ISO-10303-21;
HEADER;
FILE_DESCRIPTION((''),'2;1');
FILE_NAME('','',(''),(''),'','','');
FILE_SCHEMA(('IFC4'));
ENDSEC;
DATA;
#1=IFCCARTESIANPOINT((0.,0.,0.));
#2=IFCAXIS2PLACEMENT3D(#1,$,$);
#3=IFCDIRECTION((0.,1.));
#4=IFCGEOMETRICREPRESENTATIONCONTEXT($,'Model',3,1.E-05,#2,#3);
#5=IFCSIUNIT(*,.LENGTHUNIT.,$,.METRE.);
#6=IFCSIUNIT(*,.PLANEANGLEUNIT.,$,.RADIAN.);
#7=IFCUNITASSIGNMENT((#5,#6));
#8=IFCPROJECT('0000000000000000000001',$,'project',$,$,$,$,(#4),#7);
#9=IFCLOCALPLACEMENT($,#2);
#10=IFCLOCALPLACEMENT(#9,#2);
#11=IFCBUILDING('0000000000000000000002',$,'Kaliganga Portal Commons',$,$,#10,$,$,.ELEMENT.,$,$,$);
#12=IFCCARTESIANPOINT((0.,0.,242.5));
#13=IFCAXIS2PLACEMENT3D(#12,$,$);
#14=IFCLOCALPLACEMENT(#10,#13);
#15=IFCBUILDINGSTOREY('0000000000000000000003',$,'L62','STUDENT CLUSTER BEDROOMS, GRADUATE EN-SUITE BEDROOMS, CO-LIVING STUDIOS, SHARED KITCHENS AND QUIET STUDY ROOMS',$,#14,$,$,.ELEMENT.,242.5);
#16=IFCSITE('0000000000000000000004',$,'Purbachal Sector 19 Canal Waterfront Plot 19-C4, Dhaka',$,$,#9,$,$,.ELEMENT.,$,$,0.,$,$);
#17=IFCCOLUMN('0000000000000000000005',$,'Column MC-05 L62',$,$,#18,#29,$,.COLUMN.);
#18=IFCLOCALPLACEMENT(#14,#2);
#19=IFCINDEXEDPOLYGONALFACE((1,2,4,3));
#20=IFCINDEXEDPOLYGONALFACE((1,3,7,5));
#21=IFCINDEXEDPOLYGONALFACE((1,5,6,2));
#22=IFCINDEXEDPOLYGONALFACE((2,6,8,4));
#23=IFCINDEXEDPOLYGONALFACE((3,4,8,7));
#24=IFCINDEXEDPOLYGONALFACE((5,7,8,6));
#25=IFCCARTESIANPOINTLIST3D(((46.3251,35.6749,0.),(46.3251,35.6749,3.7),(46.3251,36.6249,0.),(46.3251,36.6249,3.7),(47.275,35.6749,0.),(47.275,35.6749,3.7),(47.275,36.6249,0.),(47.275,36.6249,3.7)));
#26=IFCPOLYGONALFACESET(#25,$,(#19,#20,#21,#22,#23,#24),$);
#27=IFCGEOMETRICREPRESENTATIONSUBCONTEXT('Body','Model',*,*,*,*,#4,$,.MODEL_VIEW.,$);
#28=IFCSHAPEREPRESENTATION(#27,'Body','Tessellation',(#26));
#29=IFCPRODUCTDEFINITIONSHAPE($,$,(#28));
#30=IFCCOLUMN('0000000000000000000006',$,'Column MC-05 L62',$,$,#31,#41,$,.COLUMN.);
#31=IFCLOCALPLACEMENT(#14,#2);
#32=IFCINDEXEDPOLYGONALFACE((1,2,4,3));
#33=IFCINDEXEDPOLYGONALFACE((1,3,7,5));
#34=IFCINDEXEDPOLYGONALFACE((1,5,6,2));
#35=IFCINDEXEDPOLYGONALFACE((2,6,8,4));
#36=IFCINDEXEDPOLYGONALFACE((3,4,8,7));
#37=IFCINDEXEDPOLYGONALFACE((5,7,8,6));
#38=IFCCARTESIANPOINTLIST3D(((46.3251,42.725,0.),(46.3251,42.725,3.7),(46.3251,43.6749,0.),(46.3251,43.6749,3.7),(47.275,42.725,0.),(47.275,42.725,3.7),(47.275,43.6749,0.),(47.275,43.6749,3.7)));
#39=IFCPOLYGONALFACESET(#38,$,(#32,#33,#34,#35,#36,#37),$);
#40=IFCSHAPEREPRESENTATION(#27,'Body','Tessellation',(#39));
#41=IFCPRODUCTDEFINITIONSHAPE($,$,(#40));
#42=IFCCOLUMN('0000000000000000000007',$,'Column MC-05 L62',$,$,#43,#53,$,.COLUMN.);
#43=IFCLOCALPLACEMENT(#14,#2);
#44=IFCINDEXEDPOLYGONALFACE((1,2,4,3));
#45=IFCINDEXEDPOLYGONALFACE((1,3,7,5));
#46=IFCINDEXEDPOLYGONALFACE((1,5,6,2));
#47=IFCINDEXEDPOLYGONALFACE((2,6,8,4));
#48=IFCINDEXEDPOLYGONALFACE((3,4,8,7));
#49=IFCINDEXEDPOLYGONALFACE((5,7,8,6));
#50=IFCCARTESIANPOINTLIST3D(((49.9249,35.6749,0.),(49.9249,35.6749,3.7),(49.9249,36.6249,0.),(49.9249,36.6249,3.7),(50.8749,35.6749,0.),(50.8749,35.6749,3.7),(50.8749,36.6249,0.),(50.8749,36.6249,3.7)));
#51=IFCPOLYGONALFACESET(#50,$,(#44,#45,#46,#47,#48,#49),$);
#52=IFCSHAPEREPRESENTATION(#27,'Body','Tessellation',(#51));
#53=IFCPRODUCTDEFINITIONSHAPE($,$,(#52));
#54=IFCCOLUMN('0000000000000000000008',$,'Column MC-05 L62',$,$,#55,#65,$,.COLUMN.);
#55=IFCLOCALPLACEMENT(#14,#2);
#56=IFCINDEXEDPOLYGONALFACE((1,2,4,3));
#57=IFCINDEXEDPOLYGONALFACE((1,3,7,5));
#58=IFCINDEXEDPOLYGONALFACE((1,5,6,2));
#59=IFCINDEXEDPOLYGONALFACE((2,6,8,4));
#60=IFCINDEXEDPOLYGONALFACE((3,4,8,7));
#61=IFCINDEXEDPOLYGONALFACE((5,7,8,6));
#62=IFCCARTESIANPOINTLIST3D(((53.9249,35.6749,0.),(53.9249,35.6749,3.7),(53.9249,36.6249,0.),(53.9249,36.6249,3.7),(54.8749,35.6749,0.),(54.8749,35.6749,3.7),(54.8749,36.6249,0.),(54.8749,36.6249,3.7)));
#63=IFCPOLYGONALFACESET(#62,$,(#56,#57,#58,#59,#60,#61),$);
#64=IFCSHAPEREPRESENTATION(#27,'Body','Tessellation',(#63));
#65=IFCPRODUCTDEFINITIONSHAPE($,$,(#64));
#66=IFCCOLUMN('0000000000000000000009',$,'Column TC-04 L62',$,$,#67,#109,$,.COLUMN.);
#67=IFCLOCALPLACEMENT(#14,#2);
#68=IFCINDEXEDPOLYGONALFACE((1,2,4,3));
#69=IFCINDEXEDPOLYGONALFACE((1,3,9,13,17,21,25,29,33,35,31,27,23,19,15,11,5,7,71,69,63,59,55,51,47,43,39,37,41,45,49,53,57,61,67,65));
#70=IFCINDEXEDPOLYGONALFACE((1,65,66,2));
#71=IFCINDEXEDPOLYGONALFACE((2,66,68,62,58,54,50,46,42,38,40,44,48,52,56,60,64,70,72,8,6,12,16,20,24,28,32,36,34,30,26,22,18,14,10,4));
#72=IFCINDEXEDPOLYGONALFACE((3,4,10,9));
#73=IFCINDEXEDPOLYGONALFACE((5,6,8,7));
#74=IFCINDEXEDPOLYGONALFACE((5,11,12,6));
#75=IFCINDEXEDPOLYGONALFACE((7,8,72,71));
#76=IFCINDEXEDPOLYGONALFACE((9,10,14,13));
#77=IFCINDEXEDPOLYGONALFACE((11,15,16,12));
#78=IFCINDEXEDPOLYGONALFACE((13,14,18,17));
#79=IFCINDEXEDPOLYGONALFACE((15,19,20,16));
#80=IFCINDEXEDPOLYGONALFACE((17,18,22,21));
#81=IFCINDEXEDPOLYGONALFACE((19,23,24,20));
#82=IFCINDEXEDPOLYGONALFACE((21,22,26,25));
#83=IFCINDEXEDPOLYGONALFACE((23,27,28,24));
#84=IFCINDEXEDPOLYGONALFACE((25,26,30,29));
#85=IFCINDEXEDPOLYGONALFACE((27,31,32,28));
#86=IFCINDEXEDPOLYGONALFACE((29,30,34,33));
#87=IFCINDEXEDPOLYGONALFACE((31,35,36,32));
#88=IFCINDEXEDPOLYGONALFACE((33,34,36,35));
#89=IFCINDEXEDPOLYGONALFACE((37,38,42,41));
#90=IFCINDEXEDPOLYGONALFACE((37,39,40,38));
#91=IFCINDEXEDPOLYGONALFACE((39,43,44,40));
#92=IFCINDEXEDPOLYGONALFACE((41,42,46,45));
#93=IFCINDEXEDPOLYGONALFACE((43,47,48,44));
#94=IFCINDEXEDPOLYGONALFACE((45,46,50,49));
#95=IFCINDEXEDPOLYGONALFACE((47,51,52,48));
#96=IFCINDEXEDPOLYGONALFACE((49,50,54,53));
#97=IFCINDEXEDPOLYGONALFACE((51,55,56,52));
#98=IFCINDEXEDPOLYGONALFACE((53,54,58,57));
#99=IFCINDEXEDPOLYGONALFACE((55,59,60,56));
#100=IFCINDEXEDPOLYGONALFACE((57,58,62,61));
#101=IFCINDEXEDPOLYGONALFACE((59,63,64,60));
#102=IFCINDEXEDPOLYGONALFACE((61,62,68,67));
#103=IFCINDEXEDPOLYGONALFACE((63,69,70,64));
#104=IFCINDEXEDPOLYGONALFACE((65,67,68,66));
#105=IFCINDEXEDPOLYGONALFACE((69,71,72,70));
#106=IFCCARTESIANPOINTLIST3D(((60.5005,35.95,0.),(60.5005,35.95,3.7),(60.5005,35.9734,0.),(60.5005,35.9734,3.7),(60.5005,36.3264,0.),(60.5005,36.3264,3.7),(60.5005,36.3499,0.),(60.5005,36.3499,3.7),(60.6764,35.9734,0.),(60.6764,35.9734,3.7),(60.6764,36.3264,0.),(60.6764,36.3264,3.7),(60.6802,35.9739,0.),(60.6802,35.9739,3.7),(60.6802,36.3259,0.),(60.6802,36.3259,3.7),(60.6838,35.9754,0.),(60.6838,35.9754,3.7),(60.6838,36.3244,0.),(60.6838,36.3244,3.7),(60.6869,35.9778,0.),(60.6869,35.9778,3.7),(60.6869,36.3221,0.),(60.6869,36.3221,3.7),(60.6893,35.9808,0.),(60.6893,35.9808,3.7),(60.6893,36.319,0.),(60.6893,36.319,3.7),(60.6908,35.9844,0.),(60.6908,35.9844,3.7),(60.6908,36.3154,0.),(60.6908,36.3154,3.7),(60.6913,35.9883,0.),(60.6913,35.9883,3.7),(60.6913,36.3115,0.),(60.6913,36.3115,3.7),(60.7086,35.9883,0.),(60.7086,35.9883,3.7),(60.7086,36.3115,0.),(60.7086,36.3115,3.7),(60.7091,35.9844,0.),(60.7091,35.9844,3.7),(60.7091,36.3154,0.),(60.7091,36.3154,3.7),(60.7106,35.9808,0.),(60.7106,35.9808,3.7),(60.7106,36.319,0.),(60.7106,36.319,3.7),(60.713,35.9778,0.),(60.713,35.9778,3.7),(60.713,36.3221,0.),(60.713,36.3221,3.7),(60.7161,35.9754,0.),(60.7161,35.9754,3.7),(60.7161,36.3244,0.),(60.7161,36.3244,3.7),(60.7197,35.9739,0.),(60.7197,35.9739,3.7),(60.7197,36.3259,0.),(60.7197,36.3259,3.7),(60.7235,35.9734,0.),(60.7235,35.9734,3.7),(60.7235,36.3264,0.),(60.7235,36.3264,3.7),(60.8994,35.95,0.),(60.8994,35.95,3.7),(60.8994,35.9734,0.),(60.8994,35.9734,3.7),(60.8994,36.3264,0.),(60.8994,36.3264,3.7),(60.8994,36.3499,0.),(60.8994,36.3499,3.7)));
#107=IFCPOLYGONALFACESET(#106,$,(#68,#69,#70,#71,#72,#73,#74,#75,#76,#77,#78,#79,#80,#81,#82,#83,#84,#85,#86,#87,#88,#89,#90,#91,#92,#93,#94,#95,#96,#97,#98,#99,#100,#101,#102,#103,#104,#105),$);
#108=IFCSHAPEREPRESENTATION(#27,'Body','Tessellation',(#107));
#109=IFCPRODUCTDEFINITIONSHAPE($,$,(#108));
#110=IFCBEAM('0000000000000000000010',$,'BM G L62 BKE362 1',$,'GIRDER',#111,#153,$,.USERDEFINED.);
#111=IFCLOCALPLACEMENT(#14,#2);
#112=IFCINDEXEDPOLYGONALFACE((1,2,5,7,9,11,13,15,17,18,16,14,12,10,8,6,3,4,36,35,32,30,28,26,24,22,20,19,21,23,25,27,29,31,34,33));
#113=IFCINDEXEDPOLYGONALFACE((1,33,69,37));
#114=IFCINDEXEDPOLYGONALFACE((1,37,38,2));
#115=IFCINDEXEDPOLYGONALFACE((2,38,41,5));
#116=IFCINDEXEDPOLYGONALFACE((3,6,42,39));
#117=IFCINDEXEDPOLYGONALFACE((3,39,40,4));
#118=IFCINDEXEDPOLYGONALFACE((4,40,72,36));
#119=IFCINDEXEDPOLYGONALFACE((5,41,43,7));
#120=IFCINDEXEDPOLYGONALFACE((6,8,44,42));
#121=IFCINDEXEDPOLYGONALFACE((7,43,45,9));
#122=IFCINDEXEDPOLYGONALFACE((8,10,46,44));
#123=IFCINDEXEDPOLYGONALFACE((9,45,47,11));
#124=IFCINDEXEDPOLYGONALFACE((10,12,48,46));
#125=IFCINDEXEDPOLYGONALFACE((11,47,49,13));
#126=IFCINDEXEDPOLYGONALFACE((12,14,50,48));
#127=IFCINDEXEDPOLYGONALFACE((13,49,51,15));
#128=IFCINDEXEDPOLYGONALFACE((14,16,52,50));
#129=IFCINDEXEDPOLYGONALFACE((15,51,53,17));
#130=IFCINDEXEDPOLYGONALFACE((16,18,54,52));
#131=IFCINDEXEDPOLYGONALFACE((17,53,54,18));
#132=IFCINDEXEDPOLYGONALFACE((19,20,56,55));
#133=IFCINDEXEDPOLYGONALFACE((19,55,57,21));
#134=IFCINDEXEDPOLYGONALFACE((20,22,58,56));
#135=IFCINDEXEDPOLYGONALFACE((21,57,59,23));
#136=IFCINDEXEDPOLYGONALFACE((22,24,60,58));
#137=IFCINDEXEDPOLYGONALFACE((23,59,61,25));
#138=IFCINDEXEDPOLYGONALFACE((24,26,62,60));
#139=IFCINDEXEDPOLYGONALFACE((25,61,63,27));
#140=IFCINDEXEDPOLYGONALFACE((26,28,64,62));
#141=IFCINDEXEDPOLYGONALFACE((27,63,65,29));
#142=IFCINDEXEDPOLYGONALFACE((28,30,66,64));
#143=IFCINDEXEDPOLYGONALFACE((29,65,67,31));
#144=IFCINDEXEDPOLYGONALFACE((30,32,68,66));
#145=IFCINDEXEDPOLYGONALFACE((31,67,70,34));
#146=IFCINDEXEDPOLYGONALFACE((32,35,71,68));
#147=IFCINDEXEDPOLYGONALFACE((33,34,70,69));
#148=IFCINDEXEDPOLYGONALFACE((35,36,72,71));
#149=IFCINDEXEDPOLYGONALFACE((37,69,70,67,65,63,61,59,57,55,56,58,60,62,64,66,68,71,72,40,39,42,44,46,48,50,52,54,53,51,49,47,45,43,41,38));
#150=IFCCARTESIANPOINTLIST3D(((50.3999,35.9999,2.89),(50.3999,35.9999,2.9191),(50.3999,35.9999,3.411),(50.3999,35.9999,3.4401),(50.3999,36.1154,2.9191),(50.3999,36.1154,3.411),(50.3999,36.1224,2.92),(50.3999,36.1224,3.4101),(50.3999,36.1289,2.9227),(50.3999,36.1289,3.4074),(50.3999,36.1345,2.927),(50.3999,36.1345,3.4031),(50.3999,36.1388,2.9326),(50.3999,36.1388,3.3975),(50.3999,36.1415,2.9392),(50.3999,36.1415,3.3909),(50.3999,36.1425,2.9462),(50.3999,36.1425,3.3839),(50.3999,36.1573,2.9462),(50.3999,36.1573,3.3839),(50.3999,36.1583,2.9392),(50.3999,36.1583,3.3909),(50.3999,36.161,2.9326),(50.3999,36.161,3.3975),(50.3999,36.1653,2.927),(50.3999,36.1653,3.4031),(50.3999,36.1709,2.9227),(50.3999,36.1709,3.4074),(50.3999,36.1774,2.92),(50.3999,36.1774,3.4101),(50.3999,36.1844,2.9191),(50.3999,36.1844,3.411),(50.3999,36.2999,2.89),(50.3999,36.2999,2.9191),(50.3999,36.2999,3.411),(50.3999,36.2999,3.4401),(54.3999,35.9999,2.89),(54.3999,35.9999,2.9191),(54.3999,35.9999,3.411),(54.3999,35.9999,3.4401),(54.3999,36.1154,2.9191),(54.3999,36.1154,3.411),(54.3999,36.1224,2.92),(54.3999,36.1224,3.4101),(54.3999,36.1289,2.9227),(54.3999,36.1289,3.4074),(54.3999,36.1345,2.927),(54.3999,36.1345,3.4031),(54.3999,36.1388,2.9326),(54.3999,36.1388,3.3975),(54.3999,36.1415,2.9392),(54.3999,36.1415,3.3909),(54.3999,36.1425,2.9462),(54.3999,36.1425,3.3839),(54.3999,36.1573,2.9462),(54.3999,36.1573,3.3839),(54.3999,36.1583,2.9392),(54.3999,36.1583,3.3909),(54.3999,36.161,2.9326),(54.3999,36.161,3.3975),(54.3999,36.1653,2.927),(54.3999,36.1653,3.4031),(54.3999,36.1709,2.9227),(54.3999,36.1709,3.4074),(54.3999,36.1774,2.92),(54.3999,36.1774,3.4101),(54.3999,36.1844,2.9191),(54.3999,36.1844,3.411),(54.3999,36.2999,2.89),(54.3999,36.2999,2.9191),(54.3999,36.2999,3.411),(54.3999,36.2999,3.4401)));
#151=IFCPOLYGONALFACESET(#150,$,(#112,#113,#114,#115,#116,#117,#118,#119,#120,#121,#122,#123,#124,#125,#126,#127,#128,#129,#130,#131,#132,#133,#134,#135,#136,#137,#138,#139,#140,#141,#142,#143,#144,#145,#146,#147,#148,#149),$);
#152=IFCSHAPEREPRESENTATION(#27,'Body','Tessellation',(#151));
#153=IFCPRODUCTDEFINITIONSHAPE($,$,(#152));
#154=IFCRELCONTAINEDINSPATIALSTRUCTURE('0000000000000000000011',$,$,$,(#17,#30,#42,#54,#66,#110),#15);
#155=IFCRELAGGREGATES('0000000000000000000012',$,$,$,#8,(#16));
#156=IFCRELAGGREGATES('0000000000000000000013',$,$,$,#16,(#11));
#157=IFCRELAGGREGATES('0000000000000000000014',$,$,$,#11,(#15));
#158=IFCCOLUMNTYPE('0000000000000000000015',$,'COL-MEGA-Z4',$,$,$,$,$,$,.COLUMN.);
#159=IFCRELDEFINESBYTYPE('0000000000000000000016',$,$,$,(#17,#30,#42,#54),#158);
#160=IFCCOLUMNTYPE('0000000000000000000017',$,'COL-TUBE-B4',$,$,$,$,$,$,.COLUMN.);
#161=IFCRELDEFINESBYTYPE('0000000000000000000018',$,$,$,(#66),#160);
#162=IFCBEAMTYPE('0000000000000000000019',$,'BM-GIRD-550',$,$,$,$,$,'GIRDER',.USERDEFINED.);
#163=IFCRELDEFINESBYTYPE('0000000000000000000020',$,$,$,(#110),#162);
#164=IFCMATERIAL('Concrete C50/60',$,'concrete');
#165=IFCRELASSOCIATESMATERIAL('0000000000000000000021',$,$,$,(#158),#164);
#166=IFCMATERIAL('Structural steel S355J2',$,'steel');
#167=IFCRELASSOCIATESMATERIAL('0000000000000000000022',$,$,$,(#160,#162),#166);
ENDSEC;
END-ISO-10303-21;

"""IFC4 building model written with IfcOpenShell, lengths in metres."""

from ifc_helpers import new_model, si_unit, direction, frame, origin, origin_2d, place, context, subcontext, project, spatial, rectangle, i_section, extrude, source, transform, mapped, material, material_profile, profile_set, type_object, element, save


model = new_model("IFC4")

# Units and contexts
model_context = context("Model", 3, precision=1e-05, world=origin(), true_north=direction((0.0, 1.0)))
body_context = subcontext(model_context, "Body", "Model", "MODEL_VIEW")
ifc_project = project(units=[si_unit("LENGTHUNIT", "METRE"), si_unit("PLANEANGLEUNIT", "RADIAN")], contexts=[model_context])

# Site, building, storey
site_placement = place(None, origin())
site = spatial("IfcSite", under=ifc_project, at=site_placement, Name="Purbachal Sector 19 Canal Waterfront Plot 19-C4, Dhaka", CompositionType="ELEMENT", RefElevation=0.0)
building_placement = place(site_placement, origin())
building = spatial("IfcBuilding", under=site, at=building_placement, Name="Kaliganga Portal Commons", CompositionType="ELEMENT")
storey_placement = place(building_placement, frame((0.0, 0.0, 242.5)))
storey = spatial("IfcBuildingStorey", under=building, at=storey_placement, Name="L62", Description="STUDENT CLUSTER BEDROOMS, GRADUATE EN-SUITE BEDROOMS, CO-LIVING STUDIOS, SHARED KITCHENS AND QUIET STUDY ROOMS", CompositionType="ELEMENT", Elevation=242.5)

# Columns
ifc_material_1 = material(Name="Concrete C50/60", Category="concrete")
ifc_material_profile_1 = material_profile(ifc_material_1, rectangle(XDim=0.95, YDim=0.95, at=origin_2d()), Name="RC 950x950")
ifc_profile_set_1 = profile_set([ifc_material_profile_1], Name="Concrete C50/60")
column_type_1 = type_object("IfcColumnType", Name="COL-MEGA-Z4", PredefinedType="COLUMN", material=ifc_profile_set_1)
shared_shape_1 = source(origin(), body_context, "Body", "SweptSolid", [
    extrude(rectangle(XDim=0.95, YDim=0.95, at=origin_2d()), origin(), (0.0, 0.0, 1.0), 3.7),
])
for number, where, z_axis, x_axis, name in (
    (1, (46.8, 36.1499, 0.0), (0.0, 0.0, 1.0), (1.0, 0.0, 0.0), "Column MC-05 L62"),
    (2, (46.8, 43.2, 0.0), (0.0, 0.0, 1.0), (1.0, 0.0, 0.0), "Column MC-05 L62"),
    (3, (50.3999, 36.1499, 0.0), (0.0, 0.0, 1.0), (1.0, 0.0, 0.0), "Column MC-05 L62"),
    (4, (54.3999, 36.1499, 0.0), (0.0, 0.0, 1.0), (1.0, 0.0, 0.0), "Column MC-05 L62"),
):
    element("IfcColumn", number, at=place(storey_placement, frame(where, z_axis=z_axis, x_axis=x_axis)), inside=storey, type_object=column_type_1, Name=name, PredefinedType="COLUMN", context=body_context, shape_type="MappedRepresentation", body=[
        mapped(shared_shape_1, transform((0.0, 0.0, 0.0), x_axis=(1.0, 0.0, 0.0), y_axis=(0.0, 1.0, 0.0), z_axis=(0.0, 0.0, 1.0), scale=1.0)),
    ])
ifc_material_2 = material(Name="Structural steel S355J2", Category="steel")
ifc_material_profile_2 = material_profile(ifc_material_2, i_section(OverallWidth=0.3989, OverallDepth=0.3999, WebThickness=0.0173, FlangeThickness=0.0234, FilletRadius=0.0149, at=origin_2d()), Name="HD 400x287")
ifc_profile_set_2 = profile_set([ifc_material_profile_2], Name="Structural steel S355J2 wide-flange")
column_type_2 = type_object("IfcColumnType", Name="COL-TUBE-B4", PredefinedType="COLUMN", material=ifc_profile_set_2)
shared_shape_2 = source(origin(), body_context, "Body", "SweptSolid", [
    extrude(i_section(OverallWidth=0.3989, OverallDepth=0.3999, WebThickness=0.0173, FlangeThickness=0.0234, FilletRadius=0.0149, at=origin_2d()), origin(), (0.0, 0.0, 1.0), 3.7),
])
column_placement = place(storey_placement, frame((60.7, 36.1499, 0.0), z_axis=(0.0, 0.0, 1.0), x_axis=(1.0, 0.0, 0.0)))
element("IfcColumn", 5, at=column_placement, inside=storey, type_object=column_type_2, Name="Column TC-04 L62", PredefinedType="COLUMN", context=body_context, shape_type="MappedRepresentation", body=[
    mapped(shared_shape_2, transform((0.0, 0.0, 0.0), x_axis=(1.0, 0.0, 0.0), y_axis=(0.0, 1.0, 0.0), z_axis=(0.0, 0.0, 1.0), scale=1.0)),
])

# Beam
ifc_material_profile_3 = material_profile(ifc_material_2, i_section(OverallWidth=0.3, OverallDepth=0.55, WebThickness=0.0149, FlangeThickness=0.0291, FilletRadius=0.0271, at=origin_2d()), Name="HE 550 B")
ifc_profile_set_3 = profile_set([ifc_material_profile_3], Name="Structural steel S355J2 wide-flange")
beam_type = type_object("IfcBeamType", Name="BM-GIRD-550", ElementType="GIRDER", PredefinedType="USERDEFINED", material=ifc_profile_set_3)
shared_shape_3 = source(origin(), body_context, "Body", "SweptSolid", [
    extrude(i_section(OverallWidth=0.3, OverallDepth=0.55, WebThickness=0.0149, FlangeThickness=0.0291, FilletRadius=0.0271, at=origin_2d()), origin(), (0.0, 0.0, 1.0), 4.0),
])
beam_1_placement = place(storey_placement, frame((50.3999, 36.1499, 3.165), z_axis=(1.0, 0.0, 0.0), x_axis=(0.0, 1.0, 0.0)))
element("IfcBeam", 6, at=beam_1_placement, inside=storey, type_object=beam_type, Name="BM G L62 BKE362 1", ObjectType="GIRDER", PredefinedType="USERDEFINED", context=body_context, shape_type="MappedRepresentation", body=[
    mapped(shared_shape_3, transform((0.0, 0.0, 0.0), x_axis=(1.0, 0.0, 0.0), y_axis=(0.0, 1.0, 0.0), z_axis=(0.0, 0.0, 1.0), scale=1.0)),
])

save(model, "model.ifc")
